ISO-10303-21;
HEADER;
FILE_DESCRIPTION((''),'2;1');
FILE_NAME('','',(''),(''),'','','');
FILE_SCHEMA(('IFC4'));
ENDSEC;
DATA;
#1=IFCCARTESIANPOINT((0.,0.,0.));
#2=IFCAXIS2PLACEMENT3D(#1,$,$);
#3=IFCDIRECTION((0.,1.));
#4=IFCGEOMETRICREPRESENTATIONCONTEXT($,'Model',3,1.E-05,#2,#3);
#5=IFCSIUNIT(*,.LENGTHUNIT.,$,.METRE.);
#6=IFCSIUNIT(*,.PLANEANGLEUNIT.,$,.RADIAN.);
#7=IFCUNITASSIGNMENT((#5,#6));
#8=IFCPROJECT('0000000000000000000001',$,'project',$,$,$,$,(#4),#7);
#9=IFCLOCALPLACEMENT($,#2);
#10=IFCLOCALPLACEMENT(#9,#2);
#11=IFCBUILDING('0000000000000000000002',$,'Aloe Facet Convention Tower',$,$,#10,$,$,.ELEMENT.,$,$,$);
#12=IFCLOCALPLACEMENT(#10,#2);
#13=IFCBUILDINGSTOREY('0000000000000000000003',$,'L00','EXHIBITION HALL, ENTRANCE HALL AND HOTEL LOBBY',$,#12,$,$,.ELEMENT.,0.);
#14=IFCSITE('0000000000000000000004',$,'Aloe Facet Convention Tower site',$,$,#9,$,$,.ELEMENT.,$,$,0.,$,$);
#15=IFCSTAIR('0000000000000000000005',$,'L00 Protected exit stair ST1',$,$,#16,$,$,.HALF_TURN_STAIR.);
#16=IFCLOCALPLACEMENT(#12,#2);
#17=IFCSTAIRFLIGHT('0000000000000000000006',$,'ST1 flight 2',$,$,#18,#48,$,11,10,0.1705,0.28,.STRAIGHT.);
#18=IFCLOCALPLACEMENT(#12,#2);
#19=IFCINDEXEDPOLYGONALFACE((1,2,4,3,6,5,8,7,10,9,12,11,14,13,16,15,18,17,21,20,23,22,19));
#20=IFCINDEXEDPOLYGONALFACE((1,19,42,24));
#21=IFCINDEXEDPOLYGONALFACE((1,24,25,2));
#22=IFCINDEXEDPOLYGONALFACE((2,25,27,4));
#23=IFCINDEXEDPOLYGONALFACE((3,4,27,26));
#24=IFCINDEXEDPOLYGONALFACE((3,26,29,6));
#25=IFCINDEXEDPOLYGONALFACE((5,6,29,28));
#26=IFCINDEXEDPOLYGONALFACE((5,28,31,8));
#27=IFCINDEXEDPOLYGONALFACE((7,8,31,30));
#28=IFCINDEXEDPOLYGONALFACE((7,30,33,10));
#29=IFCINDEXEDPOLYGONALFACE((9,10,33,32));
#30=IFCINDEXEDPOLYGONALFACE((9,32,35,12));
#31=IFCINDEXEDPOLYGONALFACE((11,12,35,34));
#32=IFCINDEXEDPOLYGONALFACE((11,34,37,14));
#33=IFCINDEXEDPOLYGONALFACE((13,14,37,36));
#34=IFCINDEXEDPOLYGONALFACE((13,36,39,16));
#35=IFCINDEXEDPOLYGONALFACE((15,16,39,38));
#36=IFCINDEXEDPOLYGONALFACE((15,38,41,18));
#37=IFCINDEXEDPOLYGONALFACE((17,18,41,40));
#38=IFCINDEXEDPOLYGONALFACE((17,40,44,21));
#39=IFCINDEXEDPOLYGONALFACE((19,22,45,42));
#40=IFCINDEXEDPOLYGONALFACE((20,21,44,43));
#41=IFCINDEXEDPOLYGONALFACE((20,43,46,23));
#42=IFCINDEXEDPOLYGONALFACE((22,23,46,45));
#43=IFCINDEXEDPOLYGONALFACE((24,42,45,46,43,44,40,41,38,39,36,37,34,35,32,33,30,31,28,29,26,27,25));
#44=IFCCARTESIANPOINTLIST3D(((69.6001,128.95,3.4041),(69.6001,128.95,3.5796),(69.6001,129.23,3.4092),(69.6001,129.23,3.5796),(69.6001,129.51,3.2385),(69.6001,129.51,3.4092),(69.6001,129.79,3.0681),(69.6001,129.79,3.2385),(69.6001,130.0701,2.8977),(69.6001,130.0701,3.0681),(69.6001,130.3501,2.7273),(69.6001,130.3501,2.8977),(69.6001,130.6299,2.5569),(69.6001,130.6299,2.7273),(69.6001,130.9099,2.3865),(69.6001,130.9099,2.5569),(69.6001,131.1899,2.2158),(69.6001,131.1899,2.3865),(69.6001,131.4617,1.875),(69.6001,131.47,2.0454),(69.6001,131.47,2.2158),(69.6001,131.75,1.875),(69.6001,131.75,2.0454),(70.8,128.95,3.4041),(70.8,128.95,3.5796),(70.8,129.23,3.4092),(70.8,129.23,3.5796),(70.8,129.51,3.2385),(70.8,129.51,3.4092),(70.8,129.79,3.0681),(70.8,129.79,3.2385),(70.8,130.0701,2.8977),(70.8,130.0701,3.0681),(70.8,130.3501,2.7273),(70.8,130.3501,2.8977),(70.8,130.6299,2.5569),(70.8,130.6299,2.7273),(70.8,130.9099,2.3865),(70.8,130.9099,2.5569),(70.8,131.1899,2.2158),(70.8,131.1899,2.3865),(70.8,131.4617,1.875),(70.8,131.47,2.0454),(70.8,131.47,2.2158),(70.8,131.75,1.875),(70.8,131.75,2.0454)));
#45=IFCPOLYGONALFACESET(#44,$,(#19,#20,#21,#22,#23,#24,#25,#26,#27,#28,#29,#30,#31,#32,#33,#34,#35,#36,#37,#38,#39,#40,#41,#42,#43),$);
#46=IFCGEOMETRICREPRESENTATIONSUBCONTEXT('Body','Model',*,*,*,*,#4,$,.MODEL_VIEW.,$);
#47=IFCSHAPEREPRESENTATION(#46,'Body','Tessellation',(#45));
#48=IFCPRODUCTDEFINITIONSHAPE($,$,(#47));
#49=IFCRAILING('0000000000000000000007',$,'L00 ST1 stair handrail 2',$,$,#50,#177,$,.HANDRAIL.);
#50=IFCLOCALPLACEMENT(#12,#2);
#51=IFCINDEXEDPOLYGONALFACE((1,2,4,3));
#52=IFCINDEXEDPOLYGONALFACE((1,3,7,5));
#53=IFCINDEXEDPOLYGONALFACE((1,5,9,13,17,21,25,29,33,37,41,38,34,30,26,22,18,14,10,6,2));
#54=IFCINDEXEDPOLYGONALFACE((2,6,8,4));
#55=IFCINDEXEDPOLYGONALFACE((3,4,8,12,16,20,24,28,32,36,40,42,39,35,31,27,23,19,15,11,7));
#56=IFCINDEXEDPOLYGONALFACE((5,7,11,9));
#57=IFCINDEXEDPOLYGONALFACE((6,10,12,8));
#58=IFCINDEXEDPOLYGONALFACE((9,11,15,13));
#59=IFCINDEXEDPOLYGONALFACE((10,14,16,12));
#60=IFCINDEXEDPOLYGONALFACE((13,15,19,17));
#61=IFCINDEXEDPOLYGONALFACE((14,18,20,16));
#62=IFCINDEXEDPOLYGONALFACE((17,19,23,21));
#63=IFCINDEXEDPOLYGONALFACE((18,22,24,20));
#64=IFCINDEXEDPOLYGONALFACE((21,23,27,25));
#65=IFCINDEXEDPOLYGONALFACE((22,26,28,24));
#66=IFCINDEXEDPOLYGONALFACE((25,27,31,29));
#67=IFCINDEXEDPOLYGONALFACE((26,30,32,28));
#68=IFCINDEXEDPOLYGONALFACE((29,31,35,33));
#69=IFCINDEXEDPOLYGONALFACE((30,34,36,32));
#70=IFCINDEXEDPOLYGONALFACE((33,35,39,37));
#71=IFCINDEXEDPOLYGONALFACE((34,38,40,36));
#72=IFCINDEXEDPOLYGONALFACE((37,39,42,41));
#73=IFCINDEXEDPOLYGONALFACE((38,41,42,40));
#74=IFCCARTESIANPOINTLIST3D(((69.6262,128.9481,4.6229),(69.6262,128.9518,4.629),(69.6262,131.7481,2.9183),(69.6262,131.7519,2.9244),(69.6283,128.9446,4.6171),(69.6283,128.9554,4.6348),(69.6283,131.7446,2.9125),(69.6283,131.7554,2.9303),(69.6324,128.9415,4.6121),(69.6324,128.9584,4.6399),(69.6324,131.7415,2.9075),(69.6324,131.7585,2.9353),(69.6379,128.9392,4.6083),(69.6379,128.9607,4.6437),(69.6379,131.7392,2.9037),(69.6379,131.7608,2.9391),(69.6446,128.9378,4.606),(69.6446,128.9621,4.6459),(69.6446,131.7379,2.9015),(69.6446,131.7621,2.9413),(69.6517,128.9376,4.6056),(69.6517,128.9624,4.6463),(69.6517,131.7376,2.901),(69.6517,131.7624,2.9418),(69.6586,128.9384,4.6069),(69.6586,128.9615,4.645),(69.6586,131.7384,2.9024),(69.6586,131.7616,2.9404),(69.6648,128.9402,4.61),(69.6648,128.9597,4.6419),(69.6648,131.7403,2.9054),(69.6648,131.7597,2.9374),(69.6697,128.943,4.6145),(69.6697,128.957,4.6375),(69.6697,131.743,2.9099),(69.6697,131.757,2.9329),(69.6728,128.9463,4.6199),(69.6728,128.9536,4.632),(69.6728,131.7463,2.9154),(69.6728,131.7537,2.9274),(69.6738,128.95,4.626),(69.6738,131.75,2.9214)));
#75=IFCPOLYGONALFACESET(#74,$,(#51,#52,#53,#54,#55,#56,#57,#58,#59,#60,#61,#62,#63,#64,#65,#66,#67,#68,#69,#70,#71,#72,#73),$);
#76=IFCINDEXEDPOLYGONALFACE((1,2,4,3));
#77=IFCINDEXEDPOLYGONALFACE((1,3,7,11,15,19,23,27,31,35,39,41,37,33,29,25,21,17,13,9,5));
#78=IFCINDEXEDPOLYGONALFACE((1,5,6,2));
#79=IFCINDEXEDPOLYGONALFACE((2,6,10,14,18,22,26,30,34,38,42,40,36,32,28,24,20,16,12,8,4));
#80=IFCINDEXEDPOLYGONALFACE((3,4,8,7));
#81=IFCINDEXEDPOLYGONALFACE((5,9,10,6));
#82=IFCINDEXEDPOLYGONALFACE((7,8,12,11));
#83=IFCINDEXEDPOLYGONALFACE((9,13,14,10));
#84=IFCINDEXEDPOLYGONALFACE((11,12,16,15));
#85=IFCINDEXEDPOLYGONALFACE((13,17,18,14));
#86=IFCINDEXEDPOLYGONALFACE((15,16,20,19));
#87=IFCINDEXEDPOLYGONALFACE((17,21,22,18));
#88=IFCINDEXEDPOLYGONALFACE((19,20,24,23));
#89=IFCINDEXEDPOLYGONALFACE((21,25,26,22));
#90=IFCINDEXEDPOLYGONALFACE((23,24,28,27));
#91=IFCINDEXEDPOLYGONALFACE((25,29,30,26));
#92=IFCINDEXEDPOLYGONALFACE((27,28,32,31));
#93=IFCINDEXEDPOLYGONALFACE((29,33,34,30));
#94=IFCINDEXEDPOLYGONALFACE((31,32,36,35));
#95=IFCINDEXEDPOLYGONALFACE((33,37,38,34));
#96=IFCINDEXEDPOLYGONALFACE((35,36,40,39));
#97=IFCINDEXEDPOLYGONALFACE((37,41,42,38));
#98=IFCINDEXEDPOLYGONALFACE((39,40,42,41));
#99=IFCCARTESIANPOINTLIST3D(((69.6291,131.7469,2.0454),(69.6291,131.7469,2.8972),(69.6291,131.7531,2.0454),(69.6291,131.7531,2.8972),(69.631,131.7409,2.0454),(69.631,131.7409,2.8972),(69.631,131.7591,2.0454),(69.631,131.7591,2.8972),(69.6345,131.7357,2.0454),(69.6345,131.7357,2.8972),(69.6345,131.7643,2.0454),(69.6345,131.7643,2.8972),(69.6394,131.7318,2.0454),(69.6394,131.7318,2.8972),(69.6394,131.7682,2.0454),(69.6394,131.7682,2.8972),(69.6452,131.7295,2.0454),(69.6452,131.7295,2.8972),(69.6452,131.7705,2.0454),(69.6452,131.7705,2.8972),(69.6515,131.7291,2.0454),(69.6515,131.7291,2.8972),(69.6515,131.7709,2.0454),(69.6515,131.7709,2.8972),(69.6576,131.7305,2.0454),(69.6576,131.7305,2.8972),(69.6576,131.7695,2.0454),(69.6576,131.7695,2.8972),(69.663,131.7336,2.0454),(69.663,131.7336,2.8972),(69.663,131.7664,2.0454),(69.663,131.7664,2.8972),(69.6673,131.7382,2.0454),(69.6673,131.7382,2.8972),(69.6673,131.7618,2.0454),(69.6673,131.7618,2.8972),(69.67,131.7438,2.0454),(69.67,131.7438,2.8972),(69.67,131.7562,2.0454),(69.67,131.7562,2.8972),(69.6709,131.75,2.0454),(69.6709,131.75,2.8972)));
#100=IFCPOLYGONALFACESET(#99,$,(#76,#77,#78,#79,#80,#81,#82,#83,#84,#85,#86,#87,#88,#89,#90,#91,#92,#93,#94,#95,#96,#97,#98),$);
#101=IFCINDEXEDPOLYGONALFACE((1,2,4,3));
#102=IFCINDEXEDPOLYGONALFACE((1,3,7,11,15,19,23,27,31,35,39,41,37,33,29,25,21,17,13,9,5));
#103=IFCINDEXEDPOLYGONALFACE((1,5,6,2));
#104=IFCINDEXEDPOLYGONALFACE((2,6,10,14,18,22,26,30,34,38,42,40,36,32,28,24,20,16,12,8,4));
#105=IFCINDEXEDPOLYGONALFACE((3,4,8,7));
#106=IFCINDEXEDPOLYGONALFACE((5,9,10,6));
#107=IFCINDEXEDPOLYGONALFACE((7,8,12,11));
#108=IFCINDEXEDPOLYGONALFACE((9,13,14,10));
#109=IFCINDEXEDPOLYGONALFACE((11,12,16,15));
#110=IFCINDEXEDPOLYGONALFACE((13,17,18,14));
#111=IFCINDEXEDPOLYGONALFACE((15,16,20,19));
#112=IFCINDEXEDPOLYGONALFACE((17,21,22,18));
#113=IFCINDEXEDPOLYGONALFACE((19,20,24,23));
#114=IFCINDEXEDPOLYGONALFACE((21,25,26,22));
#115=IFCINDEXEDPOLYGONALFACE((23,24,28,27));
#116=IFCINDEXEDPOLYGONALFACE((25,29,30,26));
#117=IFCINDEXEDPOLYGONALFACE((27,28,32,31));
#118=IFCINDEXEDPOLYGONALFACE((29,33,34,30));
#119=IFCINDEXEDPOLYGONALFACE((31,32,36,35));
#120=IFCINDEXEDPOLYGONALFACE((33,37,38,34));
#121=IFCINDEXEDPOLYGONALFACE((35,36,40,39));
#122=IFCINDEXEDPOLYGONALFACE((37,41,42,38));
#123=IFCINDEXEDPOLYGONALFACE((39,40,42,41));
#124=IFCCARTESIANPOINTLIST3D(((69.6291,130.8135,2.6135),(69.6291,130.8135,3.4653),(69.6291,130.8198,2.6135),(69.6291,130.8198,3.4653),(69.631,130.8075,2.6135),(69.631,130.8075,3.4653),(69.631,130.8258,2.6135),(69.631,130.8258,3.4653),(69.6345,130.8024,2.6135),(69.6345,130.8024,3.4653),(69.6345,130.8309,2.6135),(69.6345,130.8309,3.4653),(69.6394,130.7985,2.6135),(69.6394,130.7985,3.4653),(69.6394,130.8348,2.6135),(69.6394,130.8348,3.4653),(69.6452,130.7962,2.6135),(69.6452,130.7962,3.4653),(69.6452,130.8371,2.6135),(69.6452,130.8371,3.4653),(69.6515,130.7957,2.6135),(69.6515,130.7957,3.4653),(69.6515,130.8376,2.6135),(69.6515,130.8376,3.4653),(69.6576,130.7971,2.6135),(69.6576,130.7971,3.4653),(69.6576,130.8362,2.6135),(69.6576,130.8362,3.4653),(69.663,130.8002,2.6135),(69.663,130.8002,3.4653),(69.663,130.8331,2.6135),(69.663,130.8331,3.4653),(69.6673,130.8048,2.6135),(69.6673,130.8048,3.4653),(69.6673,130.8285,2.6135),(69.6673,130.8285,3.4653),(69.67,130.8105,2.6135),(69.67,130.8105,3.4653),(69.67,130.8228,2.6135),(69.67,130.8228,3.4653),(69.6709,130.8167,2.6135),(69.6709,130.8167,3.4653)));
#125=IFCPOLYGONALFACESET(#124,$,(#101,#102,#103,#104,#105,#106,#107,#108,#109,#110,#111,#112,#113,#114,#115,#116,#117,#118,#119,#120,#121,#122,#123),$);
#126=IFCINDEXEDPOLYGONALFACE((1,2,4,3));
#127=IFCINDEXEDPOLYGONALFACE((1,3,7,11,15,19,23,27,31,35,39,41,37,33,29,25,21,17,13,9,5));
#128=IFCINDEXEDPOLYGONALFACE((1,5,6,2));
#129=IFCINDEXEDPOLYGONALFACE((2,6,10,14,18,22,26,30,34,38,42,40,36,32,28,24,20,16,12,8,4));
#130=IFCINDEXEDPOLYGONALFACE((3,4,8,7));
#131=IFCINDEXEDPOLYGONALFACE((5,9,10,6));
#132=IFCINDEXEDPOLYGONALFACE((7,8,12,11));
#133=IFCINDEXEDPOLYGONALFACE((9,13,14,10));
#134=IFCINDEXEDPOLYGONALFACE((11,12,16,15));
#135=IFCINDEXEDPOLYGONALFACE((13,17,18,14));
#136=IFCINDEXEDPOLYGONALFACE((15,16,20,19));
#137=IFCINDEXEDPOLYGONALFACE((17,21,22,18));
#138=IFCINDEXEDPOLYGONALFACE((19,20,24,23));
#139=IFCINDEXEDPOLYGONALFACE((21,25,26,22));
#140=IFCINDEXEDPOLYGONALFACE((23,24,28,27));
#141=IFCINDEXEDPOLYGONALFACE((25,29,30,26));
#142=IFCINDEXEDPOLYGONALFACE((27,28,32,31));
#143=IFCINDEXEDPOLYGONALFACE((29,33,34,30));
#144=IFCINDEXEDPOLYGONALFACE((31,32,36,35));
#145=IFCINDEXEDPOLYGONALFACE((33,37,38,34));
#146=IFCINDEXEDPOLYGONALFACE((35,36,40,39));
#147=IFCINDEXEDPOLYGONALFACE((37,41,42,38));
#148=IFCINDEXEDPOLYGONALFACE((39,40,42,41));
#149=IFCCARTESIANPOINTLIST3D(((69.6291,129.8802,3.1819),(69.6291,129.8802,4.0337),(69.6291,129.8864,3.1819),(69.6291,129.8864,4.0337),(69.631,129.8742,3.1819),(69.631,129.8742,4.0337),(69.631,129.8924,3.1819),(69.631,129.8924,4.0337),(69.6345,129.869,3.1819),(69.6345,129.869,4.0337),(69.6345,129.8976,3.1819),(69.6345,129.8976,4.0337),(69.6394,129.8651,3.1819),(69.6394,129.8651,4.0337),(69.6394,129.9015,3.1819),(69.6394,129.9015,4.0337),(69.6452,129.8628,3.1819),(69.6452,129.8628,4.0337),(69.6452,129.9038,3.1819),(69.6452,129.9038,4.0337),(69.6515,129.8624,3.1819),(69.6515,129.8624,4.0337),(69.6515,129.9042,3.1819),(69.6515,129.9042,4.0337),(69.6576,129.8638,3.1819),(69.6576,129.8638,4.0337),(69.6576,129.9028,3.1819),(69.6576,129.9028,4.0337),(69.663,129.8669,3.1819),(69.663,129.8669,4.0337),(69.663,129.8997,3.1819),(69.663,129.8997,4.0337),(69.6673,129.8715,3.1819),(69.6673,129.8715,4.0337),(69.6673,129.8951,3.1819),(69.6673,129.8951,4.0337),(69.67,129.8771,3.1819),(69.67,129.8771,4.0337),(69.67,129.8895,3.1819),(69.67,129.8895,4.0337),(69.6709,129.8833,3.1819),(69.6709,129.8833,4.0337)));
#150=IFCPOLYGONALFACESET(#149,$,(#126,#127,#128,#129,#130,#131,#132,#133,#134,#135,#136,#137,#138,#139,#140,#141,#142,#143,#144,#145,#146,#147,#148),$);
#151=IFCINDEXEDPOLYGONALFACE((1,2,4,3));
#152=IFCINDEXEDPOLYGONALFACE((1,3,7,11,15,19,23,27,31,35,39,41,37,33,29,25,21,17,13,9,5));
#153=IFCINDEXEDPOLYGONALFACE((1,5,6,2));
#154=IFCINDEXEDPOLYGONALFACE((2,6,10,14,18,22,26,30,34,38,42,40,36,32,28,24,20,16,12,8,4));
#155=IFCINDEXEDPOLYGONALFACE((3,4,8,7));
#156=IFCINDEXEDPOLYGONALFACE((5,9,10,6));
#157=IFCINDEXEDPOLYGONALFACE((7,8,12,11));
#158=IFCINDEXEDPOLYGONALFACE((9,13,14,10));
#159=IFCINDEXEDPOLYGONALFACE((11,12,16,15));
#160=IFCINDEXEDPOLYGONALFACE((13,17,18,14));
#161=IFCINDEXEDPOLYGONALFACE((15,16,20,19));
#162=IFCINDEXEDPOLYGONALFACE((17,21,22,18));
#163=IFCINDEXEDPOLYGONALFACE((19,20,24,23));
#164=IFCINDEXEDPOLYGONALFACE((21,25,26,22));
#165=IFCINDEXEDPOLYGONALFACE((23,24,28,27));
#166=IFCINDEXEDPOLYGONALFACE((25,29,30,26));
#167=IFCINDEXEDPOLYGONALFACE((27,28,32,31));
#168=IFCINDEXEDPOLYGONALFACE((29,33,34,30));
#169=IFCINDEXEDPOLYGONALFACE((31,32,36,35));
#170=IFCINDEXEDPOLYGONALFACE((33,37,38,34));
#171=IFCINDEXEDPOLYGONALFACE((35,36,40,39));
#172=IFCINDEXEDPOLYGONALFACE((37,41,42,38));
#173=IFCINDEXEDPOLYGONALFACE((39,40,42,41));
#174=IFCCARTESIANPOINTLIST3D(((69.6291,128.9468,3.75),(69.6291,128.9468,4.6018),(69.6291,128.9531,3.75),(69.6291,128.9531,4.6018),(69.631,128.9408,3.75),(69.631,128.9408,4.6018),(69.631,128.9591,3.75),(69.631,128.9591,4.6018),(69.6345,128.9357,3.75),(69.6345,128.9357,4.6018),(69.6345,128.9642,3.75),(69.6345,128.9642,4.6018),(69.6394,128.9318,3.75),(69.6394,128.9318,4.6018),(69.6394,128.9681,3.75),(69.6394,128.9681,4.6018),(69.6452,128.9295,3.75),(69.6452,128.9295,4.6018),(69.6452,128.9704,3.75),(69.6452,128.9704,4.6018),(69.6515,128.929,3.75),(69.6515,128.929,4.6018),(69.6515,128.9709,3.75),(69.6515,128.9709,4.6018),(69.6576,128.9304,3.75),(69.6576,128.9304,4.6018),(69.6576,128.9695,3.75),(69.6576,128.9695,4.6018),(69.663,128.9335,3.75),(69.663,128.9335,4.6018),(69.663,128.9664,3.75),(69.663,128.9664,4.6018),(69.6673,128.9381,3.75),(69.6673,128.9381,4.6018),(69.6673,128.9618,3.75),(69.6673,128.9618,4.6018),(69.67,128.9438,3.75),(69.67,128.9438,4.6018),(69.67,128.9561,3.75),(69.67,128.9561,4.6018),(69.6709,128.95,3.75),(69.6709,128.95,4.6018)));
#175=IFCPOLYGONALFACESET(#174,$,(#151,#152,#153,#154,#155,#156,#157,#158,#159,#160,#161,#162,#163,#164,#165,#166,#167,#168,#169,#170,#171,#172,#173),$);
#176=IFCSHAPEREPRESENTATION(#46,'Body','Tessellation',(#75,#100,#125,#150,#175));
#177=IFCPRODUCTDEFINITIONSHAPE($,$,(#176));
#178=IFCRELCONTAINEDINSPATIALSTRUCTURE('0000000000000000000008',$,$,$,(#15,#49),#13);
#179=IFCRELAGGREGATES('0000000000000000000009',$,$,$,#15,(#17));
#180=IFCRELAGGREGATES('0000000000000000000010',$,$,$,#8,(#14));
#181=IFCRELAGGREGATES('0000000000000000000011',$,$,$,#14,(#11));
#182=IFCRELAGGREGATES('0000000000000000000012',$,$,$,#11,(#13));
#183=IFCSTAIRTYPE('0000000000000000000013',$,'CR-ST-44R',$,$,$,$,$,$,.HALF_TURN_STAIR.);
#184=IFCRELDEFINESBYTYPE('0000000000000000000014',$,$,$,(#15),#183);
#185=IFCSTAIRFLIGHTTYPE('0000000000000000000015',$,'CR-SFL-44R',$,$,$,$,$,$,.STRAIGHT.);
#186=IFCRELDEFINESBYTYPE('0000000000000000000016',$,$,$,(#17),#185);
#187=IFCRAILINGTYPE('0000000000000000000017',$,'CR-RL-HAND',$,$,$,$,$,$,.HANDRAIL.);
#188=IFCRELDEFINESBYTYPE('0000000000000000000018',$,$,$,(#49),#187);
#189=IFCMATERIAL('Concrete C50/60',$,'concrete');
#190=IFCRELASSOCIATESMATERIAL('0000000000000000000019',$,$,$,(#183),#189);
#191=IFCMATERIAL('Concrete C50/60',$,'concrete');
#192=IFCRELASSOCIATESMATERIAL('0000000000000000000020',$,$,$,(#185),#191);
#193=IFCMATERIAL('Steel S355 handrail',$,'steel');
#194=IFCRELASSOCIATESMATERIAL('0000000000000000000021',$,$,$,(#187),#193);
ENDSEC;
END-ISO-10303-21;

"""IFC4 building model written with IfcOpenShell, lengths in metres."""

from ifc_helpers import new_model, si_unit, direction, frame, origin, origin_2d, place, context, subcontext, project, spatial, polyline, circle, outline, extrude, material, type_object, element, aggregate, save


model = new_model("IFC4")

# Units and contexts
model_context = context("Model", 3, precision=1e-05, world=origin(), true_north=direction((0.0, 1.0)))
body_context = subcontext(model_context, "Body", "Model", "MODEL_VIEW")
ifc_project = project(units=[si_unit("LENGTHUNIT", "METRE"), si_unit("PLANEANGLEUNIT", "RADIAN")], contexts=[model_context])

# Site, building, storey
site_placement = place(None, origin())
site = spatial("IfcSite", under=ifc_project, at=site_placement, Name="Aloe Facet Convention Tower site", CompositionType="ELEMENT", RefElevation=0.0)
building_placement = place(site_placement, origin())
building = spatial("IfcBuilding", under=site, at=building_placement, Name="Aloe Facet Convention Tower", CompositionType="ELEMENT")
storey_placement = place(building_placement, origin())
storey = spatial("IfcBuildingStorey", under=building, at=storey_placement, Name="L00", Description="EXHIBITION HALL, ENTRANCE HALL AND HOTEL LOBBY", CompositionType="ELEMENT", Elevation=0.0)

# Stair, stair flight
ifc_material_1 = material(Name="Concrete C50/60", Category="concrete")
stair_type = type_object("IfcStairType", Name="CR-ST-44R", PredefinedType="HALF_TURN_STAIR", material=ifc_material_1)
stair_placement = place(storey_placement, origin())
stair = element("IfcStair", 1, at=stair_placement, inside=storey, type_object=stair_type, Name="L00 Protected exit stair ST1", PredefinedType="HALF_TURN_STAIR")
ifc_material_2 = material(Name="Concrete C50/60", Category="concrete")
stair_flight_type = type_object("IfcStairFlightType", Name="CR-SFL-44R", PredefinedType="STRAIGHT", material=ifc_material_2)
stair_flight_placement = place(storey_placement, frame((70.2, 131.75, 1.875), z_axis=(0.0, 0.0, 1.0), x_axis=(0.0, -1.0, 0.0)))
stair_flight = element("IfcStairFlight", 2, at=stair_flight_placement, type_object=stair_flight_type, Name="ST1 flight 2", NumberOfRisers=11, NumberOfTreads=10, PredefinedType="STRAIGHT", RiserHeight=0.1705, TreadLength=0.28, context=body_context, shape_type="SweptSolid", body=[
    extrude(outline(polyline([(0.0, 0.0), (0.0, 0.1704), (0.28, 0.1704), (0.28, 0.3408), (0.5601, 0.3408), (0.5601, 0.5115), (0.8401, 0.5115), (0.8401, 0.6819), (1.1201, 0.6819), (1.1201, 0.8523), (1.3999, 0.8523), (1.3999, 1.0227), (1.6799, 1.0227), (1.6799, 1.1931), (1.96, 1.1931), (1.96, 1.3635), (2.24, 1.3635), (2.24, 1.5342), (2.52, 1.5342), (2.52, 1.7046), (2.8, 1.7046), (2.8, 1.875), (2.8, 1.5291), (0.2883, 0.0), (0.0, 0.0)])), frame((0.0, 0.6001, 0.0), z_axis=(0.0, -1.0, 0.0), x_axis=(1.0, 0.0, 0.0)), (0.0, 0.0, 1.0), 1.2),
])
aggregate(stair, [stair_flight])

# Railing
ifc_material_3 = material(Name="Steel S355 handrail", Category="steel")
railing_type = type_object("IfcRailingType", Name="CR-RL-HAND", PredefinedType="HANDRAIL", material=ifc_material_3)
for number, where, name in (
    (3, (69.6499, 131.75, 2.0454), "L00 ST1 stair handrail 2"),
):
    element("IfcRailing", number, at=place(storey_placement, frame(where)), inside=storey, type_object=railing_type, Name=name, PredefinedType="HANDRAIL", context=body_context, shape_type="SweptSolid", body=[
        extrude(circle(Radius=0.0239, at=origin_2d()), frame((0.0, 0.0, 0.876), z_axis=(0.0, -0.85417, 0.519994), x_axis=(1.0, 0.0, 0.0)), (0.0, 0.0, 1.0), 3.2781),
        extrude(circle(Radius=0.021, at=origin_2d()), origin(), (0.0, 0.0, 1.0), 0.8518),
        extrude(circle(Radius=0.021, at=origin_2d()), frame((0.0, -0.9333, 0.5681)), (0.0, 0.0, 1.0), 0.8518),
        extrude(circle(Radius=0.021, at=origin_2d()), frame((0.0, -1.8667, 1.1365)), (0.0, 0.0, 1.0), 0.8518),
        extrude(circle(Radius=0.021, at=origin_2d()), frame((0.0, -2.8, 1.7046)), (0.0, 0.0, 1.0), 0.8518),
    ])

save(model, "model.ifc")
